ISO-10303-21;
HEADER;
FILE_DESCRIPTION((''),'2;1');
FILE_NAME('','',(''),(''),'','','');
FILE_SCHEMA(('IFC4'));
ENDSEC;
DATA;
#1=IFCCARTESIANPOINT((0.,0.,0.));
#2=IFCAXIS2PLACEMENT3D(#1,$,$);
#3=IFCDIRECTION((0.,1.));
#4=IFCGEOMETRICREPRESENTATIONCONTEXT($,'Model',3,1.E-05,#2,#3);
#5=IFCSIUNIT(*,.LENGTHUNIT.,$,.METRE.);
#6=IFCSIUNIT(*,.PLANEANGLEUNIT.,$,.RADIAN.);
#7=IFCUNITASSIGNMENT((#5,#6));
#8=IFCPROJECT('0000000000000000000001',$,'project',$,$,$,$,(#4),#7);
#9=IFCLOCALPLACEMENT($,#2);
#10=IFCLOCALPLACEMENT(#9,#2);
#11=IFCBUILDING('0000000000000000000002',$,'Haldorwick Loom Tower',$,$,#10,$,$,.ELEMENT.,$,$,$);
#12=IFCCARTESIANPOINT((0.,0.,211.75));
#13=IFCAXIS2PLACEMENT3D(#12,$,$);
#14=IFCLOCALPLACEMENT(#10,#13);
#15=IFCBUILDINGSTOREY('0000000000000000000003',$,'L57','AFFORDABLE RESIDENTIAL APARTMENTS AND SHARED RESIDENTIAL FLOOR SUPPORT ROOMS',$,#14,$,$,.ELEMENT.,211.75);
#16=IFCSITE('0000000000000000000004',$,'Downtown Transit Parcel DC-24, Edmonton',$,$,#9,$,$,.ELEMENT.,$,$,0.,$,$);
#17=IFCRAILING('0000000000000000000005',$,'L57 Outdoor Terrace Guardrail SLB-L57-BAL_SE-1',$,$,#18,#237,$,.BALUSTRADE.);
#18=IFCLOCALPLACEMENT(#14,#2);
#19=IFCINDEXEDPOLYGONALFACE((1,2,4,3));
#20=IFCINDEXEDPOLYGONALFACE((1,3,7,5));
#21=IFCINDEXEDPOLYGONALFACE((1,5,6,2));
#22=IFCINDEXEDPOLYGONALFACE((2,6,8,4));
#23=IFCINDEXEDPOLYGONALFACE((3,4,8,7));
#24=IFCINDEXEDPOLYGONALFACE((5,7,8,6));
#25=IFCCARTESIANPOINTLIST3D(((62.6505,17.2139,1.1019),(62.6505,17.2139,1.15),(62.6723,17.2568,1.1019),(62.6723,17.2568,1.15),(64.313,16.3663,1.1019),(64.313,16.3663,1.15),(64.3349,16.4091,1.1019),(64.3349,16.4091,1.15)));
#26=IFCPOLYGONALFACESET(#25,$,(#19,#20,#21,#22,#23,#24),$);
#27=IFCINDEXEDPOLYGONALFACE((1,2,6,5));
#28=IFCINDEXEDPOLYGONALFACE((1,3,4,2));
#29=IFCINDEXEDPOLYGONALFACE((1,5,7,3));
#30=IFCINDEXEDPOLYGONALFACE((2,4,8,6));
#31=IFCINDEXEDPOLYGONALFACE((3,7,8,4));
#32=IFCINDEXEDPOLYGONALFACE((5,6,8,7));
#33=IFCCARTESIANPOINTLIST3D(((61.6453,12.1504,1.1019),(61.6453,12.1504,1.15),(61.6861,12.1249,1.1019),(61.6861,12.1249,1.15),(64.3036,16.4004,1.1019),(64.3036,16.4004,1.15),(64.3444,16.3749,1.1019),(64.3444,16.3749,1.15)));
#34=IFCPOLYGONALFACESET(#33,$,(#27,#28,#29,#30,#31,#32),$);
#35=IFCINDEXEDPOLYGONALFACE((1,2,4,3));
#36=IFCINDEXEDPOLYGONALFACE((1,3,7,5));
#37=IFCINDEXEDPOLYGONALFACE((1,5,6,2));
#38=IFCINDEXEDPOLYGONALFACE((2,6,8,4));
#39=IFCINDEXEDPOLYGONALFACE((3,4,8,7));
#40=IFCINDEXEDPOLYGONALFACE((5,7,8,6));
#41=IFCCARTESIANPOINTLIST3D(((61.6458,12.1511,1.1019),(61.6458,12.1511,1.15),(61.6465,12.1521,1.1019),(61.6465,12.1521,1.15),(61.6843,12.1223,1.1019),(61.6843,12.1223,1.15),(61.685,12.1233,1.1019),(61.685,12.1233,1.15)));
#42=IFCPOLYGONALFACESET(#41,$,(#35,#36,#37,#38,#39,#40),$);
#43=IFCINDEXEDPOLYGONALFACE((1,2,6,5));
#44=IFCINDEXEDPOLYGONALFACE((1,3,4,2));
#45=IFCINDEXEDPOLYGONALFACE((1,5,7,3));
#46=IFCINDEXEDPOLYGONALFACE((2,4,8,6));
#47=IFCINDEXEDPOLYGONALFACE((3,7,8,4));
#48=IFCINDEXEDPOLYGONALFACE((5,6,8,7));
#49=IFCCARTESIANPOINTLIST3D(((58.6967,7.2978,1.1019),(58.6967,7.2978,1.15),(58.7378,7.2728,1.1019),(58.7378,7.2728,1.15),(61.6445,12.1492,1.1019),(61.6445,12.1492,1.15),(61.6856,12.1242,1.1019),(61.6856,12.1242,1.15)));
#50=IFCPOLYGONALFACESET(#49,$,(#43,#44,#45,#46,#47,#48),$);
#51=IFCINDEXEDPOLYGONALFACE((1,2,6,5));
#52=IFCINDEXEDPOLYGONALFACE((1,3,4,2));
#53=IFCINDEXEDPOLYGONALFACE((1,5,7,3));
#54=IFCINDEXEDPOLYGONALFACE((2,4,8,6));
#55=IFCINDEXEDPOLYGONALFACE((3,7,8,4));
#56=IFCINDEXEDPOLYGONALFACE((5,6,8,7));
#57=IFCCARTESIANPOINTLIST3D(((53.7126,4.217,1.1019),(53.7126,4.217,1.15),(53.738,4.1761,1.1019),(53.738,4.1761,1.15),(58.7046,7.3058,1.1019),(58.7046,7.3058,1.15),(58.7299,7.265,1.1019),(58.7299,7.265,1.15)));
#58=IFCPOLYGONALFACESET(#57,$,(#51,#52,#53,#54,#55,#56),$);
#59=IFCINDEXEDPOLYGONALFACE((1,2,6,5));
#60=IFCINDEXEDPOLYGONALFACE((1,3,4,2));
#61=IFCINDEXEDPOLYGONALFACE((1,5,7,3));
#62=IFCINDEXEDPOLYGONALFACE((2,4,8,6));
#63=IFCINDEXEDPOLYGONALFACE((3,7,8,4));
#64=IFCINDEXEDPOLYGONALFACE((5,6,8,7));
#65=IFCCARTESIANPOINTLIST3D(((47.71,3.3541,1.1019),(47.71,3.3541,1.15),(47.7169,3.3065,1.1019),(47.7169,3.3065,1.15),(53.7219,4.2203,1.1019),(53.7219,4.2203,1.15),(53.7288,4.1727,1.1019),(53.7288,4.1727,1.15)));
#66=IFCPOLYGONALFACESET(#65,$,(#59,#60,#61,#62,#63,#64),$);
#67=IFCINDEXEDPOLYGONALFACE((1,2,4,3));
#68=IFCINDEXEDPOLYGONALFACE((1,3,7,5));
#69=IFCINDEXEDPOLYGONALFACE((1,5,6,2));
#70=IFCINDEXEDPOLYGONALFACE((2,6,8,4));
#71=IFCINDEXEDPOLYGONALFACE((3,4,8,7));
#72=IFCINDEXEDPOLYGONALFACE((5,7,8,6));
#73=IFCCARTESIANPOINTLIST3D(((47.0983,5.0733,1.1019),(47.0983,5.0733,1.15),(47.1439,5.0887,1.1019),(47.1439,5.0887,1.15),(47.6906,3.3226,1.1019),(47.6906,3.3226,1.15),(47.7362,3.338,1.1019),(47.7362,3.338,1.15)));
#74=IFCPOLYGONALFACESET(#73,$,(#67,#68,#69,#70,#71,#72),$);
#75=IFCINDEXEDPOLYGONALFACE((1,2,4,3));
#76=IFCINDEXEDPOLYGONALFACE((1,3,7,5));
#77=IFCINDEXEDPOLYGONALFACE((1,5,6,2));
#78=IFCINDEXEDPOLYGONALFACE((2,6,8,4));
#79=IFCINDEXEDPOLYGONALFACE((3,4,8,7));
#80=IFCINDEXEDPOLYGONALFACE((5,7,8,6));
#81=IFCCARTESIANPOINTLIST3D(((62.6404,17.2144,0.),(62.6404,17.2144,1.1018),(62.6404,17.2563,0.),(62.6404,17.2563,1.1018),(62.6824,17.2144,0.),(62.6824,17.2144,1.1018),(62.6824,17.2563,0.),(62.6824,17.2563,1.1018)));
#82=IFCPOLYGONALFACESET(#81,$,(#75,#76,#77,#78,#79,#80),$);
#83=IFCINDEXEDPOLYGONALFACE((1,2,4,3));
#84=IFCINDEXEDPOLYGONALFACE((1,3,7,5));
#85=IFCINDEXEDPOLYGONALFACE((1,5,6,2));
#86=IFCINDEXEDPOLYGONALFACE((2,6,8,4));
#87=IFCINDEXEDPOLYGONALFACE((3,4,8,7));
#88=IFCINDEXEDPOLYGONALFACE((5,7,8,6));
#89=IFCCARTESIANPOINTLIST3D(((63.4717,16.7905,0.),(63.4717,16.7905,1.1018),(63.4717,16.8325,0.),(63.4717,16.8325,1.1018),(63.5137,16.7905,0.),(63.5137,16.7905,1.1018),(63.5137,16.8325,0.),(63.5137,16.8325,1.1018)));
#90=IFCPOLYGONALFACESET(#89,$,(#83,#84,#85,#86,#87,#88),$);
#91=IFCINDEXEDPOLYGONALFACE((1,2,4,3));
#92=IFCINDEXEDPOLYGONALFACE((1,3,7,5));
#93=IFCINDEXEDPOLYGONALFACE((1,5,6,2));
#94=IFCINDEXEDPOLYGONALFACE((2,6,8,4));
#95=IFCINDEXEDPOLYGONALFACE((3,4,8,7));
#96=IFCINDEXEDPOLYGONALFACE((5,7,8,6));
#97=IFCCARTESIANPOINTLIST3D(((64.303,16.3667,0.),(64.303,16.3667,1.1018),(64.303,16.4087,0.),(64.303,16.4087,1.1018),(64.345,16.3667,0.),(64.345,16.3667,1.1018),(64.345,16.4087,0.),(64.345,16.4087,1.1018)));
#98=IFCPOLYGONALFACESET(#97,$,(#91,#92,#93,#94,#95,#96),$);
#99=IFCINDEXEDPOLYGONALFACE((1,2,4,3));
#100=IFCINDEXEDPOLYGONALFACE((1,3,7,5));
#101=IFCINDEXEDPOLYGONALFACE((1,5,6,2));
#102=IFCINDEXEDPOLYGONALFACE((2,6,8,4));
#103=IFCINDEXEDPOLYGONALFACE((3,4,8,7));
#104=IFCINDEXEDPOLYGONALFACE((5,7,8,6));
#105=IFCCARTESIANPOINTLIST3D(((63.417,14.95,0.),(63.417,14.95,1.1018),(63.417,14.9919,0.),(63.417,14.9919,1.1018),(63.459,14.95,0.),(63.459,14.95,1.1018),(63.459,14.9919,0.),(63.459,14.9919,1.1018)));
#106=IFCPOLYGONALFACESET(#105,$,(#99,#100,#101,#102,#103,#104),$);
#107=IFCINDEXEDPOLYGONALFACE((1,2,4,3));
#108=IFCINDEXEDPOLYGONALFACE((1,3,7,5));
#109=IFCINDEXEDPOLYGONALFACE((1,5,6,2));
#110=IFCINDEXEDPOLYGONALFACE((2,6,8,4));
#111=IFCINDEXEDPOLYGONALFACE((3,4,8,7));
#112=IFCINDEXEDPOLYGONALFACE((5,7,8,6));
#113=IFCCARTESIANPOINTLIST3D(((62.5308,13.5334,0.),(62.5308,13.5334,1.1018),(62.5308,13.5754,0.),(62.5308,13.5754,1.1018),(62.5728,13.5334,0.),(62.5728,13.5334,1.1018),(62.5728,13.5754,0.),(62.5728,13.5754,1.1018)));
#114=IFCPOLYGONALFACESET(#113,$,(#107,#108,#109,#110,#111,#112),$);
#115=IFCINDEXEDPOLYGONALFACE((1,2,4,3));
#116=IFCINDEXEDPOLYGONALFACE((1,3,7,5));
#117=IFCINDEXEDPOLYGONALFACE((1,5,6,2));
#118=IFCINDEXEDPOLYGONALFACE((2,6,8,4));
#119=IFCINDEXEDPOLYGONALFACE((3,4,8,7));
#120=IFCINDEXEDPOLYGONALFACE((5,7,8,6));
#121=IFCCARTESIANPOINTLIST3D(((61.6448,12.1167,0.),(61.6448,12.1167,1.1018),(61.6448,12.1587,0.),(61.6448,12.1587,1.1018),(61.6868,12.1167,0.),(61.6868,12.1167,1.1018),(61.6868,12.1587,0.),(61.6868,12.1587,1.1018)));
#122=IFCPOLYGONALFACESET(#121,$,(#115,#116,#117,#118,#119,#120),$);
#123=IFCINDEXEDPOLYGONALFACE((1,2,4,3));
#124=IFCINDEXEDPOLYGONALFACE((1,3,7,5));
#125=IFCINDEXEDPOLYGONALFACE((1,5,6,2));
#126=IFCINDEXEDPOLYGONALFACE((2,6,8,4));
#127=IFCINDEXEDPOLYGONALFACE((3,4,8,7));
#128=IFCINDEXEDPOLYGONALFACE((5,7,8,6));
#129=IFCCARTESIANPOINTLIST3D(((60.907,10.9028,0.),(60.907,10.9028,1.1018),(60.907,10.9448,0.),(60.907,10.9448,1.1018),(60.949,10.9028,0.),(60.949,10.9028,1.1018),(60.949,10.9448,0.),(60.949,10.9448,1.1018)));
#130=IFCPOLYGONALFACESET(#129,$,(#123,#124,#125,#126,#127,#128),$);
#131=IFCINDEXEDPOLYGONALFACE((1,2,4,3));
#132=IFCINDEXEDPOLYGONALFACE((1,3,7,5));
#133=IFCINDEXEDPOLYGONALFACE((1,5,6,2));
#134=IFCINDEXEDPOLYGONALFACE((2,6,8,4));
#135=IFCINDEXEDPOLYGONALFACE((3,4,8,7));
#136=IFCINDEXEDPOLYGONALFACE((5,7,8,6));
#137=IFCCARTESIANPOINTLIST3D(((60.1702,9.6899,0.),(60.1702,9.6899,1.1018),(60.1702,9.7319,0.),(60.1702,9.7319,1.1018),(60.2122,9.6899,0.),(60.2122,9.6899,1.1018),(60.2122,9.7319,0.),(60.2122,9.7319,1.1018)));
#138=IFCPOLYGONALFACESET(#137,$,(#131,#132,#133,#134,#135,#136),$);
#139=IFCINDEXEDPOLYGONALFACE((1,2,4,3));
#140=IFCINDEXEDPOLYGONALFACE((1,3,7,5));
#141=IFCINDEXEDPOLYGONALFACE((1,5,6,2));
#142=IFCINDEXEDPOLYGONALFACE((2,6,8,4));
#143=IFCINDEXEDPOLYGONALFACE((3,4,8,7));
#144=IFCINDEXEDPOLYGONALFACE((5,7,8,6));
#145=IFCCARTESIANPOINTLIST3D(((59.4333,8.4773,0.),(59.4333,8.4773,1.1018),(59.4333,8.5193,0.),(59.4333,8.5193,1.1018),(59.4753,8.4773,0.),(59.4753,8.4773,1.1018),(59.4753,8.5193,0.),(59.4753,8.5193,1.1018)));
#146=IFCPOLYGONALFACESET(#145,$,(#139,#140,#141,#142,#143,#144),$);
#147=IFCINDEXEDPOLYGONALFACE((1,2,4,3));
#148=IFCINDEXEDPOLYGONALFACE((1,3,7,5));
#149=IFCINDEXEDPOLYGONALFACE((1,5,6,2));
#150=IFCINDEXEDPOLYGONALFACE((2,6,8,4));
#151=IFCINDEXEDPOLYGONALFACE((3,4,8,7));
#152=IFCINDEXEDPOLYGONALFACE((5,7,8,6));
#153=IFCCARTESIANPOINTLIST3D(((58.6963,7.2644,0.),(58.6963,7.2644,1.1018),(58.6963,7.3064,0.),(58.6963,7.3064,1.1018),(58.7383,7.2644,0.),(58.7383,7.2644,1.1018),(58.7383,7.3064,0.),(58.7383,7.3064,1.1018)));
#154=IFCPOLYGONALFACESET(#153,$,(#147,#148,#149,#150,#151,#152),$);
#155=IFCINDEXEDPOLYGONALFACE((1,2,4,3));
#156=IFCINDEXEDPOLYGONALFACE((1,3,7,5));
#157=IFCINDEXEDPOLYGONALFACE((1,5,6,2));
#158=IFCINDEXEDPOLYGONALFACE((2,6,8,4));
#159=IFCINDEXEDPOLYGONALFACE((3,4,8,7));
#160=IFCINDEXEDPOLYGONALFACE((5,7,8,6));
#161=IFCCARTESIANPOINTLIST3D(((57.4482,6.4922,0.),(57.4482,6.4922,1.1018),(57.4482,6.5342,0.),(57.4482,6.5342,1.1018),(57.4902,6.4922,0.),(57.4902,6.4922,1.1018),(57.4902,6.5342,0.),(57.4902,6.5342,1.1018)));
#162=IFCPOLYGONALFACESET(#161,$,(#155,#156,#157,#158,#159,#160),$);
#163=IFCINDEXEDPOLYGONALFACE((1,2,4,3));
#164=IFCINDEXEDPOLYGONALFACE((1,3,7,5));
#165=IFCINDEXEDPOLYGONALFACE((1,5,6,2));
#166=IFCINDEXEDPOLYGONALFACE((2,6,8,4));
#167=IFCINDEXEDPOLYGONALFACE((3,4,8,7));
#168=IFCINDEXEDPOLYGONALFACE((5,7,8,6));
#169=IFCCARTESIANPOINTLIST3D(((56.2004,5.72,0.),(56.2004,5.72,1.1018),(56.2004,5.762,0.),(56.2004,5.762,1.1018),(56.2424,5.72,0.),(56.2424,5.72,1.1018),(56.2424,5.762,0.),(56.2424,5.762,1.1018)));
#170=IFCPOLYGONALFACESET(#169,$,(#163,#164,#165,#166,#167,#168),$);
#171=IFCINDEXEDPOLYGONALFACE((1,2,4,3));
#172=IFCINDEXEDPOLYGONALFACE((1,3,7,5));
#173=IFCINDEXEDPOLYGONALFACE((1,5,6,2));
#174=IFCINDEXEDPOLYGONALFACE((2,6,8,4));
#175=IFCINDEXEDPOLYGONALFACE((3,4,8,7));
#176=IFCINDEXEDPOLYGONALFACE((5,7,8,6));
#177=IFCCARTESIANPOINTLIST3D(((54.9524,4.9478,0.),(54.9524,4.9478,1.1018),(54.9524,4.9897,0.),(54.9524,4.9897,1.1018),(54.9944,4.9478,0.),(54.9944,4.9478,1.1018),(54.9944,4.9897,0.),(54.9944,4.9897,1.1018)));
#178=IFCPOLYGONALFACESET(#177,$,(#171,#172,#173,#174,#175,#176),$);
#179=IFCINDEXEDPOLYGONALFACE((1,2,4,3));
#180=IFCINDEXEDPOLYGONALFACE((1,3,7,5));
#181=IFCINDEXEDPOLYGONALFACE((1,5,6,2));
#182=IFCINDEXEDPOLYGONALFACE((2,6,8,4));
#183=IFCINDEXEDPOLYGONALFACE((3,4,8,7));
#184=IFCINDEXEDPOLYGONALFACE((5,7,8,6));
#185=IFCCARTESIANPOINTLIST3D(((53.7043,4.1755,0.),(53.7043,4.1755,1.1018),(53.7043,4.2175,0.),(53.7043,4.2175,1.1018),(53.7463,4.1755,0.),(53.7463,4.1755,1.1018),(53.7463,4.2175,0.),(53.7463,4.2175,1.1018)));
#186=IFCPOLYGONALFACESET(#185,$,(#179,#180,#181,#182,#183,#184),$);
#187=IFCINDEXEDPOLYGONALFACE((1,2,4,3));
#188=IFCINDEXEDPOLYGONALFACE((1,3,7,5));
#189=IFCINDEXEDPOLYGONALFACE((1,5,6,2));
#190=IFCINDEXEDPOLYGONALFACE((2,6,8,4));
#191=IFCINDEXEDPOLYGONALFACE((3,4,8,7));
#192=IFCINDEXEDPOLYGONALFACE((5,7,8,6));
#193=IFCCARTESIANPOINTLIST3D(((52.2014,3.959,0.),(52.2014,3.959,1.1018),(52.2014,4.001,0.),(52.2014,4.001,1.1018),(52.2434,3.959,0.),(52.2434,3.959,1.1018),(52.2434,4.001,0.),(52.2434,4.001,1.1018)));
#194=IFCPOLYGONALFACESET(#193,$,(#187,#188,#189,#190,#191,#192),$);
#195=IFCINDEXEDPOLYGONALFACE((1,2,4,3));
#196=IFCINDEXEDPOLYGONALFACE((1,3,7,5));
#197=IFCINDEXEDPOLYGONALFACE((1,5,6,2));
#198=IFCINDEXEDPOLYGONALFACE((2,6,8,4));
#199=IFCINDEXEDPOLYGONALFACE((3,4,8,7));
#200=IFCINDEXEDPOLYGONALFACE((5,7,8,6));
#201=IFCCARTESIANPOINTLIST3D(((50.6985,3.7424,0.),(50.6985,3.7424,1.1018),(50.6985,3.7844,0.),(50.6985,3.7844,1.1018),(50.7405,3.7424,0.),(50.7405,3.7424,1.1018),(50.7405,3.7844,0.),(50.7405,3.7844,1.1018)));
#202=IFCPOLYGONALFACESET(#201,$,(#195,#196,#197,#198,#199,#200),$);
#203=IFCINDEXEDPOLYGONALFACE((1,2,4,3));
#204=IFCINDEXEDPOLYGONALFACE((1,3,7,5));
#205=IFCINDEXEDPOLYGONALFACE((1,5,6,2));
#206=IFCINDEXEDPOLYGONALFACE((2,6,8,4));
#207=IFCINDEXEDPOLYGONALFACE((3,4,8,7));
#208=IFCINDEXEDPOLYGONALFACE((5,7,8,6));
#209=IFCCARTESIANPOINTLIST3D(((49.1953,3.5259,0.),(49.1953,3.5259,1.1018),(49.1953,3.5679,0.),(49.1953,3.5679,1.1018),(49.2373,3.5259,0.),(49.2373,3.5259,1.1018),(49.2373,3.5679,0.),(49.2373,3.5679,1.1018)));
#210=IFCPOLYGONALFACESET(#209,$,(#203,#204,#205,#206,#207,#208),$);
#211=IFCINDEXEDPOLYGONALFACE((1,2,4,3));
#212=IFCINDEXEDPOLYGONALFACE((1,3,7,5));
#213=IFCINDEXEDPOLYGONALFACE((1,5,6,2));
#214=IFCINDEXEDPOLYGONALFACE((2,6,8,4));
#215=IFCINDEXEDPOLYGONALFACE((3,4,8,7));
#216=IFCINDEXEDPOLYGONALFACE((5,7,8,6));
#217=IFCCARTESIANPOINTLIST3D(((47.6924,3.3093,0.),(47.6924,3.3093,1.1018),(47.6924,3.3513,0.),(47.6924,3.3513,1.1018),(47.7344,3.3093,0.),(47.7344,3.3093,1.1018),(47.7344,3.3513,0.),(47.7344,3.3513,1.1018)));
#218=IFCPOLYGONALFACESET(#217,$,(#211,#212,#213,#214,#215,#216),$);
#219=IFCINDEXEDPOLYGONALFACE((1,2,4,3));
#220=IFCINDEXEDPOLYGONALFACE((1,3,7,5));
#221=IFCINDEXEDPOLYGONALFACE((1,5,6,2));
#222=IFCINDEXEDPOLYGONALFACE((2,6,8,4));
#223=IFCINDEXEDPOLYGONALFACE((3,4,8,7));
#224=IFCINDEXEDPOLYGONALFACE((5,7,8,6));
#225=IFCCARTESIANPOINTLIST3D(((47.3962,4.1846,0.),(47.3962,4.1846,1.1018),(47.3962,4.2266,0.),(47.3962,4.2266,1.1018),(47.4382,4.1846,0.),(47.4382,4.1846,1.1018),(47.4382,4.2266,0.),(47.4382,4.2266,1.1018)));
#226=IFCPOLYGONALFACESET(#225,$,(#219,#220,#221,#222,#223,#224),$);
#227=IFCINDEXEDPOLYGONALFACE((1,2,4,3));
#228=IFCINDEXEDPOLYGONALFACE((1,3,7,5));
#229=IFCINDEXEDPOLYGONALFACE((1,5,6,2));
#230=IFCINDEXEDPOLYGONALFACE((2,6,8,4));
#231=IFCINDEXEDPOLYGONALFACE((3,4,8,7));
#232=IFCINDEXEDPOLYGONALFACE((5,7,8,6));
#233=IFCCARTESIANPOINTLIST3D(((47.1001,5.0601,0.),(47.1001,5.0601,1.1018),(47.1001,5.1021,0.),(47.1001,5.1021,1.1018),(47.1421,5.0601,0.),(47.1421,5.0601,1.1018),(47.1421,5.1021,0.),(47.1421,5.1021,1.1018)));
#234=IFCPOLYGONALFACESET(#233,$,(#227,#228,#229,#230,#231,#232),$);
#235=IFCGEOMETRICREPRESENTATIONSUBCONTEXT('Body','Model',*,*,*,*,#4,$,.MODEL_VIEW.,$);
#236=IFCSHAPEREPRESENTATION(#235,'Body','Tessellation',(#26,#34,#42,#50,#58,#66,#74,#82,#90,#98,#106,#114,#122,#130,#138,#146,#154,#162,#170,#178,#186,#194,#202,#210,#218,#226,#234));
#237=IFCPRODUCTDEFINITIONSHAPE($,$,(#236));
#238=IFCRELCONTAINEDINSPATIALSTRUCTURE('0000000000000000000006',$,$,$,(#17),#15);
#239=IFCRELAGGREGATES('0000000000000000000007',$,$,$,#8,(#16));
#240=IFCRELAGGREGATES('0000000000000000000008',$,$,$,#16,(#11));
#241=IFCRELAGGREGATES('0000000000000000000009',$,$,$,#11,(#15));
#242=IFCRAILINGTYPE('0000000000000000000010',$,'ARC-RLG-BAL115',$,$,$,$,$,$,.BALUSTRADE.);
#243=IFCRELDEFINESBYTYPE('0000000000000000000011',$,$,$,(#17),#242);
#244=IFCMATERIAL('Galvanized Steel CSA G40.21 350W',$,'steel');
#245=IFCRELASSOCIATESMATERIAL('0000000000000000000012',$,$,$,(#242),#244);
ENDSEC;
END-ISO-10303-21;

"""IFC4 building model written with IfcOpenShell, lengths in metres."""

from ifc_helpers import new_model, si_unit, direction, frame, origin, origin_2d, place, context, subcontext, project, spatial, rectangle, extrude, material, type_object, element, save


model = new_model("IFC4")

# Units and contexts
model_context = context("Model", 3, precision=1e-05, world=origin(), true_north=direction((0.0, 1.0)))
body_context = subcontext(model_context, "Body", "Model", "MODEL_VIEW")
ifc_project = project(units=[si_unit("LENGTHUNIT", "METRE"), si_unit("PLANEANGLEUNIT", "RADIAN")], contexts=[model_context])

# Site, building, storey
site_placement = place(None, origin())
site = spatial("IfcSite", under=ifc_project, at=site_placement, Name="Downtown Transit Parcel DC-24, Edmonton", CompositionType="ELEMENT", RefElevation=0.0)
building_placement = place(site_placement, origin())
building = spatial("IfcBuilding", under=site, at=building_placement, Name="Haldorwick Loom Tower", CompositionType="ELEMENT")
storey_placement = place(building_placement, frame((0.0, 0.0, 211.75)))
storey = spatial("IfcBuildingStorey", under=building, at=storey_placement, Name="L57", Description="AFFORDABLE RESIDENTIAL APARTMENTS AND SHARED RESIDENTIAL FLOOR SUPPORT ROOMS", CompositionType="ELEMENT", Elevation=211.75)

# Railing
ifc_material_1 = material(Name="Galvanized Steel CSA G40.21 350W", Category="steel")
railing_type = type_object("IfcRailingType", Name="ARC-RLG-BAL115", PredefinedType="BALUSTRADE", material=ifc_material_1)
railing_placement = place(storey_placement, frame((62.6614, 17.2354, 0.0)))
element("IfcRailing", 1, at=railing_placement, inside=storey, type_object=railing_type, Name="L57 Outdoor Terrace Guardrail SLB-L57-BAL_SE-1", PredefinedType="BALUSTRADE", context=body_context, shape_type="SweptSolid", body=[
    extrude(rectangle(XDim=0.0481, YDim=0.0481, at=origin_2d()), frame((0.0, 0.0, 1.126), z_axis=(0.890894, -0.454212, 0.0), x_axis=(0.454212, 0.890894, 0.0)), (0.0, 0.0, 1.0), 1.8662),
    extrude(rectangle(XDim=0.0481, YDim=0.0481, at=origin_2d()), frame((1.6626, -0.8477, 1.126), z_axis=(-0.530279, -0.847823, 0.0), x_axis=(0.847823, -0.530279, 0.0)), (0.0, 0.0, 1.0), 5.0129),
    extrude(rectangle(XDim=0.0481, YDim=0.0481, at=origin_2d()), frame((-0.9956, -5.0977, 1.126), z_axis=(-0.6, -0.8, 0.0), x_axis=(0.8, -0.6, 0.0)), (0.0, 0.0, 1.0), 0.0012),
    extrude(rectangle(XDim=0.0481, YDim=0.0481, at=origin_2d()), frame((-0.9963, -5.0986, 1.126), z_axis=(-0.519276, -0.854607, 0.0), x_axis=(0.854607, -0.519276, 0.0)), (0.0, 0.0, 1.0), 5.6768),
    extrude(rectangle(XDim=0.0481, YDim=0.0481, at=origin_2d()), frame((-3.9441, -9.95, 1.126), z_axis=(-0.850371, -0.526184, 0.0), x_axis=(0.526184, -0.850371, 0.0)), (0.0, 0.0, 1.0), 5.8704),
    extrude(rectangle(XDim=0.0481, YDim=0.0481, at=origin_2d()), frame((-8.936, -13.0388, 1.126), z_axis=(-0.989779, -0.142609, 0.0), x_axis=(0.142609, -0.989779, 0.0)), (0.0, 0.0, 1.0), 6.074),
    extrude(rectangle(XDim=0.0481, YDim=0.0481, at=origin_2d()), frame((-14.948, -13.905, 1.126), z_axis=(-0.320465, 0.94726, 0.0), x_axis=(-0.94726, -0.320465, 0.0)), (0.0, 0.0, 1.0), 1.8481),
    extrude(rectangle(XDim=0.042, YDim=0.042, at=origin_2d()), origin(), (0.0, 0.0, 1.0), 1.1018),
    extrude(rectangle(XDim=0.042, YDim=0.042, at=origin_2d()), frame((0.8313, -0.4238, 0.0)), (0.0, 0.0, 1.0), 1.1018),
    extrude(rectangle(XDim=0.042, YDim=0.042, at=origin_2d()), frame((1.6626, -0.8477, 0.0)), (0.0, 0.0, 1.0), 1.1018),
    extrude(rectangle(XDim=0.042, YDim=0.042, at=origin_2d()), frame((0.7766, -2.2644, 0.0)), (0.0, 0.0, 1.0), 1.1018),
    extrude(rectangle(XDim=0.042, YDim=0.042, at=origin_2d()), frame((-0.1096, -3.6809, 0.0)), (0.0, 0.0, 1.0), 1.1018),
    extrude(rectangle(XDim=0.042, YDim=0.042, at=origin_2d()), frame((-0.9956, -5.0977, 0.0)), (0.0, 0.0, 1.0), 1.1018),
    extrude(rectangle(XDim=0.042, YDim=0.042, at=origin_2d()), frame((-1.7334, -6.3115, 0.0)), (0.0, 0.0, 1.0), 1.1018),
    extrude(rectangle(XDim=0.042, YDim=0.042, at=origin_2d()), frame((-2.4702, -7.5244, 0.0)), (0.0, 0.0, 1.0), 1.1018),
    extrude(rectangle(XDim=0.042, YDim=0.042, at=origin_2d()), frame((-3.207, -8.7371, 0.0)), (0.0, 0.0, 1.0), 1.1018),
    extrude(rectangle(XDim=0.042, YDim=0.042, at=origin_2d()), frame((-3.9441, -9.95, 0.0)), (0.0, 0.0, 1.0), 1.1018),
    extrude(rectangle(XDim=0.042, YDim=0.042, at=origin_2d()), frame((-5.1921, -10.7222, 0.0)), (0.0, 0.0, 1.0), 1.1018),
    extrude(rectangle(XDim=0.042, YDim=0.042, at=origin_2d()), frame((-6.4399, -11.4944, 0.0)), (0.0, 0.0, 1.0), 1.1018),
    extrude(rectangle(XDim=0.042, YDim=0.042, at=origin_2d()), frame((-7.688, -12.2666, 0.0)), (0.0, 0.0, 1.0), 1.1018),
    extrude(rectangle(XDim=0.042, YDim=0.042, at=origin_2d()), frame((-8.936, -13.0388, 0.0)), (0.0, 0.0, 1.0), 1.1018),
    extrude(rectangle(XDim=0.042, YDim=0.042, at=origin_2d()), frame((-10.439, -13.2554, 0.0)), (0.0, 0.0, 1.0), 1.1018),
    extrude(rectangle(XDim=0.042, YDim=0.042, at=origin_2d()), frame((-11.9419, -13.4719, 0.0)), (0.0, 0.0, 1.0), 1.1018),
    extrude(rectangle(XDim=0.042, YDim=0.042, at=origin_2d()), frame((-13.4451, -13.6885, 0.0)), (0.0, 0.0, 1.0), 1.1018),
    extrude(rectangle(XDim=0.042, YDim=0.042, at=origin_2d()), frame((-14.948, -13.905, 0.0)), (0.0, 0.0, 1.0), 1.1018),
    extrude(rectangle(XDim=0.042, YDim=0.042, at=origin_2d()), frame((-15.2441, -13.0298, 0.0)), (0.0, 0.0, 1.0), 1.1018),
    extrude(rectangle(XDim=0.042, YDim=0.042, at=origin_2d()), frame((-15.5403, -12.1543, 0.0)), (0.0, 0.0, 1.0), 1.1018),
])

save(model, "model.ifc")
